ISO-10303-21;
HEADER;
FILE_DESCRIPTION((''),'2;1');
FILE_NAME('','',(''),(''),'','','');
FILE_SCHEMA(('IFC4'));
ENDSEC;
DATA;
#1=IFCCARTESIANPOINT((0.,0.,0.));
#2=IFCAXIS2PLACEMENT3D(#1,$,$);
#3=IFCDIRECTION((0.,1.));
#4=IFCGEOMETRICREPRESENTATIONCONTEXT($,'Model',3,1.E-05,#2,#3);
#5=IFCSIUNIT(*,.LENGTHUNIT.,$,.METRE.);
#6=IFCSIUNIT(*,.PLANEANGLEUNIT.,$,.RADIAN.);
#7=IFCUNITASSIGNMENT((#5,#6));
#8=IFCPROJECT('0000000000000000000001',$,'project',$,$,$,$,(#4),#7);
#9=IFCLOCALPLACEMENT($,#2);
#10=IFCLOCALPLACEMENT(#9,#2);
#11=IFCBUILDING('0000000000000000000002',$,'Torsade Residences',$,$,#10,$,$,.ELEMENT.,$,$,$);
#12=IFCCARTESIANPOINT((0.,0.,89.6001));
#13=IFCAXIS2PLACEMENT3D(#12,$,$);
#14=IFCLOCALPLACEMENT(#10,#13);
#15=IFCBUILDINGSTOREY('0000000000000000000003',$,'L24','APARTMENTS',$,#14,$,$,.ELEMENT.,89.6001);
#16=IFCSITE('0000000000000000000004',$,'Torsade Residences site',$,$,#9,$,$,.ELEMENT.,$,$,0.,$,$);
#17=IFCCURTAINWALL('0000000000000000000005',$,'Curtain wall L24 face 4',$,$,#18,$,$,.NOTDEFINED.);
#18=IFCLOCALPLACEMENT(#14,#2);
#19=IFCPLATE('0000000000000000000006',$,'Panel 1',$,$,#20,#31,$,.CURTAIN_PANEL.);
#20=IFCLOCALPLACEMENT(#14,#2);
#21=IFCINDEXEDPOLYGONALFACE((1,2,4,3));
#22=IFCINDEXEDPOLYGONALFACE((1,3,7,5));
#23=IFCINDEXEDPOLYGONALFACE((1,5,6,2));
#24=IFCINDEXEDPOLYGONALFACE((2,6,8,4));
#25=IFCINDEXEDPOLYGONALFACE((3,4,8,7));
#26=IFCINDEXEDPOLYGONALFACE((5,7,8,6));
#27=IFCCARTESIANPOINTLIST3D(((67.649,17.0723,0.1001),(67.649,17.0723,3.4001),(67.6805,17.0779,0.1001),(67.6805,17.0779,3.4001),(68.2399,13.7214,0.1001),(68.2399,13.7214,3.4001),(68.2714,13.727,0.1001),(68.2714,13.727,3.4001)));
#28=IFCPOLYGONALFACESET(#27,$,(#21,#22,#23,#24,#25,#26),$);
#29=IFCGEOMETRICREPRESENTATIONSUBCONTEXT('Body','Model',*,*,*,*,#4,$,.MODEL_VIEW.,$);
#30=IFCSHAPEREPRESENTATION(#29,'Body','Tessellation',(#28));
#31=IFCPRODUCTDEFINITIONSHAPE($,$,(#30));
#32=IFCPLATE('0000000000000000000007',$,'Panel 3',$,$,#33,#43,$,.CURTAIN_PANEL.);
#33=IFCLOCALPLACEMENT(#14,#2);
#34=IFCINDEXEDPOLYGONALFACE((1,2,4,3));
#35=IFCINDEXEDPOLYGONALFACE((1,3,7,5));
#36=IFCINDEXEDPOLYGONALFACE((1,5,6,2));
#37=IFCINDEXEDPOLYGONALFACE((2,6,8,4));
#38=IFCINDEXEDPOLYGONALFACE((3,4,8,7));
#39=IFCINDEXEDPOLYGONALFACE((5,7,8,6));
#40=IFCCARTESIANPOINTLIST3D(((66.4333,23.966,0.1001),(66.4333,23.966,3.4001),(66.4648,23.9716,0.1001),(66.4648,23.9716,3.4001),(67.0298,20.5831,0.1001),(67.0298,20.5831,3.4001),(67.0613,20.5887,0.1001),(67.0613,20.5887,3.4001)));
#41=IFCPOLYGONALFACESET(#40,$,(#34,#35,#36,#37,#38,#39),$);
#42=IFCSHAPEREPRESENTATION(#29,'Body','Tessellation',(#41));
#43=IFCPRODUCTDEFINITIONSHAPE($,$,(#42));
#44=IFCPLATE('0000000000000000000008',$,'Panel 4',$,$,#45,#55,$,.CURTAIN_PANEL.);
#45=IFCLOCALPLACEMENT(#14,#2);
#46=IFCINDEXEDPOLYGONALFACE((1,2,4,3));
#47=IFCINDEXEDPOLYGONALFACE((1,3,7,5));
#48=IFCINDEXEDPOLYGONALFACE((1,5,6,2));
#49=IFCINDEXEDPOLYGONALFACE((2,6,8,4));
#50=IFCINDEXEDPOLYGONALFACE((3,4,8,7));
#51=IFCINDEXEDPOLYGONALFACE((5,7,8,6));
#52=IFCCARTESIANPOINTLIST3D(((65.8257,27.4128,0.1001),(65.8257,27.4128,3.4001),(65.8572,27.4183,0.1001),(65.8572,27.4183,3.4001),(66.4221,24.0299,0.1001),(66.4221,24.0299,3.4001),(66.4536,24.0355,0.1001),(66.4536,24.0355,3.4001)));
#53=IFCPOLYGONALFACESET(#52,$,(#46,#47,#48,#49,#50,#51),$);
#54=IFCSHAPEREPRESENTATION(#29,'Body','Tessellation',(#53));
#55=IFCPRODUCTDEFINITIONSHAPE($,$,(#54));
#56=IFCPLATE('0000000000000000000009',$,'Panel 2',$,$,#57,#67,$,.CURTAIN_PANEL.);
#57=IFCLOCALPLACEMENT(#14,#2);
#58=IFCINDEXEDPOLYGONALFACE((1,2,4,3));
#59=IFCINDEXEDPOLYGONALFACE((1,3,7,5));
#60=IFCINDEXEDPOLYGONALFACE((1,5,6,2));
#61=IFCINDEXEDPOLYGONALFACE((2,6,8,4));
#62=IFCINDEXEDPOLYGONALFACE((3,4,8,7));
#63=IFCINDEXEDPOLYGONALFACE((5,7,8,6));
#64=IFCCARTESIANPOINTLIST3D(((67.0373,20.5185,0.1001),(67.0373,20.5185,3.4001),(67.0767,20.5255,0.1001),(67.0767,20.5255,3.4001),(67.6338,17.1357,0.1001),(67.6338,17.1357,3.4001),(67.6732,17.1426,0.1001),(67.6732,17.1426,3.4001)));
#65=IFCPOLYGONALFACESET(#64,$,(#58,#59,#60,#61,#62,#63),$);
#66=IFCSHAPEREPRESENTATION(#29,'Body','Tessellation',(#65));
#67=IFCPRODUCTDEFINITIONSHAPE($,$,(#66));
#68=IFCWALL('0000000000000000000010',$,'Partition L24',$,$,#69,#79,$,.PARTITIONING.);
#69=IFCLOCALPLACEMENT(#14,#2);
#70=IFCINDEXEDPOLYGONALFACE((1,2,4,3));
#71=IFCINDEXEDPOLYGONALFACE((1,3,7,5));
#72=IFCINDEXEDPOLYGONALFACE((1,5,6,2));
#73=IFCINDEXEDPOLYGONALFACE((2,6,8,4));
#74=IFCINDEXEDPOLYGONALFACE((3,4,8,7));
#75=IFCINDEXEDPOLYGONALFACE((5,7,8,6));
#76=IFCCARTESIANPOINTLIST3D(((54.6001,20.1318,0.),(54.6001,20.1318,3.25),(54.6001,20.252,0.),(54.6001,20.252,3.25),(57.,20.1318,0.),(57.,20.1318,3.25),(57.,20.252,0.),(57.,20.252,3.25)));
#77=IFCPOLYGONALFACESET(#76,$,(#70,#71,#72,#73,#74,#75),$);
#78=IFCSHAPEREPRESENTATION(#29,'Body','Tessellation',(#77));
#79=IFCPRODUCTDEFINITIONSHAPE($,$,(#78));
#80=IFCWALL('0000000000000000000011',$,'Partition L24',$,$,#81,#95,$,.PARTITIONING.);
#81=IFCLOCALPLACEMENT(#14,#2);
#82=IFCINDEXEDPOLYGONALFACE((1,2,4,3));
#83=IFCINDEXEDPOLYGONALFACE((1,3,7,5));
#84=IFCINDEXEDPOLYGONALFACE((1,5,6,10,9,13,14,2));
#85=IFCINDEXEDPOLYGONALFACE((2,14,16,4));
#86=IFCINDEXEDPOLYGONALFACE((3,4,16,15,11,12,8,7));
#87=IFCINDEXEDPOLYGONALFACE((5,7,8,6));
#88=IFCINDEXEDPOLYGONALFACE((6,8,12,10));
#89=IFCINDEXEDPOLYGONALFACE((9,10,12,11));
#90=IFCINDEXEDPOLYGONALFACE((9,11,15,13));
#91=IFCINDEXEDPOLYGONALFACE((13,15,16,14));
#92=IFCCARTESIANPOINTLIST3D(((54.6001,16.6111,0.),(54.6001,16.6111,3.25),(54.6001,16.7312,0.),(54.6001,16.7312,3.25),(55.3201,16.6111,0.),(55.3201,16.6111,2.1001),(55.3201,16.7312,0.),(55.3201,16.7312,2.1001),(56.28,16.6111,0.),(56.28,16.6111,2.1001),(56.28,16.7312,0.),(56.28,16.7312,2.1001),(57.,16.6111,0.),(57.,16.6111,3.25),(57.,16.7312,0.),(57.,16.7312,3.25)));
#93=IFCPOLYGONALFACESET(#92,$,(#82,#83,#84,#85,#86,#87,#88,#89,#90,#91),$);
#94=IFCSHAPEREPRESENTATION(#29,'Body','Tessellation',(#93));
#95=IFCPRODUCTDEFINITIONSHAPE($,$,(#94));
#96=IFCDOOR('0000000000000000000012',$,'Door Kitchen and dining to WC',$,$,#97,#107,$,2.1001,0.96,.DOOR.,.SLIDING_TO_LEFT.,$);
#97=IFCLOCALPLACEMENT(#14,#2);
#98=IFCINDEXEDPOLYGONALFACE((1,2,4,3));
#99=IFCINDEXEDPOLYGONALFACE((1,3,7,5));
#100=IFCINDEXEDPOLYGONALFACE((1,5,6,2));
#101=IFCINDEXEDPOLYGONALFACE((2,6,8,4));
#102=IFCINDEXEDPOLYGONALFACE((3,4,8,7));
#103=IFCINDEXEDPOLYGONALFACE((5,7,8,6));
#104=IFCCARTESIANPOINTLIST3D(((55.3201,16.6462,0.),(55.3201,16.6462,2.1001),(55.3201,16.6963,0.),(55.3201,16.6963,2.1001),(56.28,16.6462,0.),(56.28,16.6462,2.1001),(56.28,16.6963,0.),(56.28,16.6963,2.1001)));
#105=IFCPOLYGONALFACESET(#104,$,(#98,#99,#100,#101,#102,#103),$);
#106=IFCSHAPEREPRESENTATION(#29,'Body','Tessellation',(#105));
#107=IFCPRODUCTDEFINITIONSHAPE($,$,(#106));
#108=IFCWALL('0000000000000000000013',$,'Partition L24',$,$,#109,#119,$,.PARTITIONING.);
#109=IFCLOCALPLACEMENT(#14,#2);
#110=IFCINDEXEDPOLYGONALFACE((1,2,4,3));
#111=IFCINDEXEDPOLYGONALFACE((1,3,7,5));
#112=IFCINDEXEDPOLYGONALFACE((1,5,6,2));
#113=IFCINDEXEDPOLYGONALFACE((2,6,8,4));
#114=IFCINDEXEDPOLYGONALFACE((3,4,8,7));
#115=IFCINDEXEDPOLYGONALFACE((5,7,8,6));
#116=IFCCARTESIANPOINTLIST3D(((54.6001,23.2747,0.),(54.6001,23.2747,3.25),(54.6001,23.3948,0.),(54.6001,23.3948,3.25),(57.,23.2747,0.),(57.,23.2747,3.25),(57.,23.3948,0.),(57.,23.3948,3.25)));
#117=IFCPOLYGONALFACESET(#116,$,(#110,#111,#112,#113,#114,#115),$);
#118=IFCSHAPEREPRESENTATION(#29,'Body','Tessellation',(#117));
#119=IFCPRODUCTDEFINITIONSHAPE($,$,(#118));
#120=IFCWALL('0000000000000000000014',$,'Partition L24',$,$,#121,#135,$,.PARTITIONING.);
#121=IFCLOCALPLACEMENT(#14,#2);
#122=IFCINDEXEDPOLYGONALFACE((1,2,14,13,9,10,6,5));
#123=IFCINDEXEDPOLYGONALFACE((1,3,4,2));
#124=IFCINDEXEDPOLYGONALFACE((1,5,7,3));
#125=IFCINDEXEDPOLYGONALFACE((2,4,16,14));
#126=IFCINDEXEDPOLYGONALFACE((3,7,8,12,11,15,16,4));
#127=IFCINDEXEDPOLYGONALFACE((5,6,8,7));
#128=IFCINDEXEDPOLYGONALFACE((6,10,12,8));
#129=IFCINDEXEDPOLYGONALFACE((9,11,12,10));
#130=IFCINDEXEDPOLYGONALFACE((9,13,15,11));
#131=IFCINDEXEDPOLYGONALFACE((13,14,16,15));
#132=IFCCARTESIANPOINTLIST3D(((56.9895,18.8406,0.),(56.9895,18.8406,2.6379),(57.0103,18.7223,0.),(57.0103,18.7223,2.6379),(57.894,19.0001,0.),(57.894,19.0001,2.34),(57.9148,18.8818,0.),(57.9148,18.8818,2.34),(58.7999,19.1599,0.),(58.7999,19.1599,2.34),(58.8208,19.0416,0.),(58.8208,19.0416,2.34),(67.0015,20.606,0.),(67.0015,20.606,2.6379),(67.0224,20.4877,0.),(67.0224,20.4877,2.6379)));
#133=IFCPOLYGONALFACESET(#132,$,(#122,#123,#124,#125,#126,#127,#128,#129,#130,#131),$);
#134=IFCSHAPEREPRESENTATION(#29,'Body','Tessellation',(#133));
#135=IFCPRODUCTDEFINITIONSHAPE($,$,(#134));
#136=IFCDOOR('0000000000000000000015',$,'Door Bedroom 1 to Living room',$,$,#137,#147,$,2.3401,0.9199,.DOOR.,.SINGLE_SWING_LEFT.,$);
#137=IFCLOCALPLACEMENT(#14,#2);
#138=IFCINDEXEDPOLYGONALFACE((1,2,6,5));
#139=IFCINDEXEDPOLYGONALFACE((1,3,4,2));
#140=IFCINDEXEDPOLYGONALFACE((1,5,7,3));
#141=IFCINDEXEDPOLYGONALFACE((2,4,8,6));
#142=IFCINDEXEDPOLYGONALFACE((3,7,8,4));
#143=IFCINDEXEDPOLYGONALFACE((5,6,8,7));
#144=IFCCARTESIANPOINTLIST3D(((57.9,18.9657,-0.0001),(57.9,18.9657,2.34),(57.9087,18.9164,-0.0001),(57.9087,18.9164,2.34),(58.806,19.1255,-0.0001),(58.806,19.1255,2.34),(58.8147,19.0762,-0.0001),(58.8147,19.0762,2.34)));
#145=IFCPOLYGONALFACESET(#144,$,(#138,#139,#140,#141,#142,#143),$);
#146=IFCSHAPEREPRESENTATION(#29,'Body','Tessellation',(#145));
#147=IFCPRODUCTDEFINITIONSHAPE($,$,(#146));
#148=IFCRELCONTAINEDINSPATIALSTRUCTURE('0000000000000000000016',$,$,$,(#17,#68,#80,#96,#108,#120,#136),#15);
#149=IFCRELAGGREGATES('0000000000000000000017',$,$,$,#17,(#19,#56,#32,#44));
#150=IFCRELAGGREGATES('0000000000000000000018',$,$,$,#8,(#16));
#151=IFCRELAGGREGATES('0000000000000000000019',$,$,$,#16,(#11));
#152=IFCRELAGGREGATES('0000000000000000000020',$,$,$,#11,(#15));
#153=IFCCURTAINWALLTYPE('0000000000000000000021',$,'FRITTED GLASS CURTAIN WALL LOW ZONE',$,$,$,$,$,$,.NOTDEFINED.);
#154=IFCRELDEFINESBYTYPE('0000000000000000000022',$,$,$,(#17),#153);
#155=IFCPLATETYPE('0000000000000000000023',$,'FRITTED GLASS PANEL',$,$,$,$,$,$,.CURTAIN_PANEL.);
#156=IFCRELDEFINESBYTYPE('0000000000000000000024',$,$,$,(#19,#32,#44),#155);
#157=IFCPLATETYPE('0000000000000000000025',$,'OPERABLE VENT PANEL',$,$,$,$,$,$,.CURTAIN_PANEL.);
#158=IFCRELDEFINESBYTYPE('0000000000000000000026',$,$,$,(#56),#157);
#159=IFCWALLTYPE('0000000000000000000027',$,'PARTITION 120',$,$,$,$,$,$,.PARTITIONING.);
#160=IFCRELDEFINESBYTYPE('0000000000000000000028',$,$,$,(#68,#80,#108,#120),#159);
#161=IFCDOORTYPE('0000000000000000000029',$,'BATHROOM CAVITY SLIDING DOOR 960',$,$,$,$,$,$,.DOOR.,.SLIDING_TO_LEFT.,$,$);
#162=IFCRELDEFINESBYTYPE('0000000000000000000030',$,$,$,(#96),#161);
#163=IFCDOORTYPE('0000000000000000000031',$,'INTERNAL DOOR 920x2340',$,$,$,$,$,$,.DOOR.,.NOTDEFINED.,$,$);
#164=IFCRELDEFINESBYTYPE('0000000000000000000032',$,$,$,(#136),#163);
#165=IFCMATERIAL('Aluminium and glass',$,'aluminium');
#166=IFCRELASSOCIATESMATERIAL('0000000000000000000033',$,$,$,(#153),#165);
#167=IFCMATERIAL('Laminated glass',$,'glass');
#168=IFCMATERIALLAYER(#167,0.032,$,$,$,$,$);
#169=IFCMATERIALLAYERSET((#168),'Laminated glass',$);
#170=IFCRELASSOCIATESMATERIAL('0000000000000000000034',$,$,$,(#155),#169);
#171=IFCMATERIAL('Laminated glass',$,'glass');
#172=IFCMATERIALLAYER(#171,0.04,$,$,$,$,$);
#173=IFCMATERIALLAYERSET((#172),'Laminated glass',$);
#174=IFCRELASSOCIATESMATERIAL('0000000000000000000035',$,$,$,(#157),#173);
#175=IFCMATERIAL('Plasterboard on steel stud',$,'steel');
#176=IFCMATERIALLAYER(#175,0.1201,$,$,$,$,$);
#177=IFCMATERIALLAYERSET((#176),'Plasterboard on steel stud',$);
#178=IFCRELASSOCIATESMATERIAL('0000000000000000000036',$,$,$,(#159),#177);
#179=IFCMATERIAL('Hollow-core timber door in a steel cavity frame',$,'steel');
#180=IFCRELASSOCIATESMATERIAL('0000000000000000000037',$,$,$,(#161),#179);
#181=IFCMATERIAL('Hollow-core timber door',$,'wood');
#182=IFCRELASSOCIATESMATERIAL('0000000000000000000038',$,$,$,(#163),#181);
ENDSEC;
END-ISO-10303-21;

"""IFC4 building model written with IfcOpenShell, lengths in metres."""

from ifc_helpers import new_model, si_unit, direction, frame, frame_2d, origin, origin_2d, place, context, subcontext, project, spatial, rectangle, extrude, material, layer, layer_set, type_object, element, fill, aggregate, save


model = new_model("IFC4")

# Units and contexts
model_context = context("Model", 3, precision=1e-05, world=origin(), true_north=direction((0.0, 1.0)))
body_context = subcontext(model_context, "Body", "Model", "MODEL_VIEW")
ifc_project = project(units=[si_unit("LENGTHUNIT", "METRE"), si_unit("PLANEANGLEUNIT", "RADIAN")], contexts=[model_context])

# Site, building, storey
site_placement = place(None, origin())
site = spatial("IfcSite", under=ifc_project, at=site_placement, Name="Torsade Residences site", CompositionType="ELEMENT", RefElevation=0.0)
building_placement = place(site_placement, origin())
building = spatial("IfcBuilding", under=site, at=building_placement, Name="Torsade Residences", CompositionType="ELEMENT")
storey_placement = place(building_placement, frame((0.0, 0.0, 89.6001)))
storey = spatial("IfcBuildingStorey", under=building, at=storey_placement, Name="L24", Description="APARTMENTS", CompositionType="ELEMENT", Elevation=89.6001)

# Curtain wall
ifc_material_1 = material(Name="Aluminium and glass", Category="aluminium")
curtain_wall_type = type_object("IfcCurtainWallType", Name="FRITTED GLASS CURTAIN WALL LOW ZONE", PredefinedType="NOTDEFINED", material=ifc_material_1)
curtain_wall_placement = place(storey_placement, origin())
curtain_wall = element("IfcCurtainWall", 1, at=curtain_wall_placement, inside=storey, type_object=curtain_wall_type, Name="Curtain wall L24 face 4", PredefinedType="NOTDEFINED")

# Plates
ifc_material_2 = material(Name="Laminated glass", Category="glass")
ifc_layer_1 = layer(ifc_material_2, 0.032)
ifc_layer_set_1 = layer_set([ifc_layer_1], Name="Laminated glass")
plate_type_1 = type_object("IfcPlateType", Name="FRITTED GLASS PANEL", PredefinedType="CURTAIN_PANEL", material=ifc_layer_set_1)
plate_1_placement = place(storey_placement, frame((67.9602, 15.3997, 0.1001), z_axis=(0.0, 0.0, 1.0), x_axis=(-0.173648, 0.984808, 0.0)))
plate_1 = element("IfcPlate", 2, at=plate_1_placement, type_object=plate_type_1, Name="Panel 1", PredefinedType="CURTAIN_PANEL", context=body_context, shape_type="SweptSolid", body=[
    extrude(rectangle(XDim=3.4026, YDim=0.032, at=origin_2d()), origin(), (0.0, 0.0, 1.0), 3.3),
])
plate_2_placement = place(storey_placement, frame((66.7473, 22.2773, 0.1001), z_axis=(0.0, 0.0, 1.0), x_axis=(-0.173648, 0.984808, 0.0)))
plate_2 = element("IfcPlate", 3, at=plate_2_placement, type_object=plate_type_1, Name="Panel 3", PredefinedType="CURTAIN_PANEL", context=body_context, shape_type="SweptSolid", body=[
    extrude(rectangle(XDim=3.4351, YDim=0.032, at=origin_2d()), origin(), (0.0, 0.0, 1.0), 3.3),
])
plate_3_placement = place(storey_placement, frame((66.1396, 25.7241, 0.1001), z_axis=(0.0, 0.0, 1.0), x_axis=(-0.173648, 0.984808, 0.0)))
plate_3 = element("IfcPlate", 4, at=plate_3_placement, type_object=plate_type_1, Name="Panel 4", PredefinedType="CURTAIN_PANEL", context=body_context, shape_type="SweptSolid", body=[
    extrude(rectangle(XDim=3.4351, YDim=0.032, at=origin_2d()), origin(), (0.0, 0.0, 1.0), 3.3),
])
ifc_material_3 = material(Name="Laminated glass", Category="glass")
ifc_layer_2 = layer(ifc_material_3, 0.04)
ifc_layer_set_2 = layer_set([ifc_layer_2], Name="Laminated glass")
plate_type_2 = type_object("IfcPlateType", Name="OPERABLE VENT PANEL", PredefinedType="CURTAIN_PANEL", material=ifc_layer_set_2)
plate_4_placement = place(storey_placement, frame((67.3552, 18.8306, 0.1001), z_axis=(0.0, 0.0, 1.0), x_axis=(-0.173648, 0.984808, 0.0)))
plate_4 = element("IfcPlate", 5, at=plate_4_placement, type_object=plate_type_2, Name="Panel 2", PredefinedType="CURTAIN_PANEL", context=body_context, shape_type="SweptSolid", body=[
    extrude(rectangle(XDim=3.4351, YDim=0.04, at=origin_2d()), origin(), (0.0, 0.0, 1.0), 3.3),
])
aggregate(curtain_wall, [plate_1, plate_4, plate_2, plate_3])

# Wall
ifc_material_4 = material(Name="Plasterboard on steel stud", Category="steel")
ifc_layer_3 = layer(ifc_material_4, 0.1201)
ifc_layer_set_3 = layer_set([ifc_layer_3], Name="Plasterboard on steel stud")
wall_type_1 = type_object("IfcWallType", Name="PARTITION 120", PredefinedType="PARTITIONING", material=ifc_layer_set_3)
wall_1_placement = place(storey_placement, frame((54.6001, 20.1919, 0.0), z_axis=(0.0, 0.0, 1.0), x_axis=(1.0, 0.0, 0.0)))
element("IfcWall", 6, at=wall_1_placement, inside=storey, type_object=wall_type_1, Name="Partition L24", PredefinedType="PARTITIONING", context=body_context, shape_type="SweptSolid", body=[
    extrude(rectangle(XDim=2.3999, YDim=0.1201, at=frame_2d((1.2, 0.0))), origin(), (0.0, 0.0, 1.0), 3.25),
])

# Wall, opening, door
wall_2_placement = place(storey_placement, frame((57.0, 16.6711, 0.0), z_axis=(0.0, 0.0, 1.0), x_axis=(-1.0, 0.0, 0.0)))
wall_2 = element("IfcWall", 7, at=wall_2_placement, inside=storey, type_object=wall_type_1, Name="Partition L24", PredefinedType="PARTITIONING", context=body_context, shape_type="SweptSolid", body=[
    extrude(rectangle(XDim=2.3999, YDim=0.1201, at=frame_2d((1.2, 0.0))), origin(), (0.0, 0.0, 1.0), 3.25),
])
opening_1_placement = place(wall_2_placement, frame((0.72, 0.0, 0.0)))
opening_1 = element("IfcOpeningElement", 8, at=opening_1_placement, cuts=wall_2, PredefinedType="OPENING", context=body_context, shape_type="SweptSolid", body=[
    extrude(rectangle(XDim=0.96, YDim=2.1001, at=frame_2d((0.48, 1.05))), frame((0.0, 0.0701, 0.0), z_axis=(0.0, -1.0, 0.0), x_axis=(1.0, 0.0, 0.0)), (0.0, 0.0, 1.0), 0.1401),
])
ifc_material_5 = material(Name="Hollow-core timber door in a steel cavity frame", Category="steel")
door_type_1 = type_object("IfcDoorType", Name="BATHROOM CAVITY SLIDING DOOR 960", OperationType="SLIDING_TO_LEFT", PredefinedType="DOOR", material=ifc_material_5)
door_1_placement = place(opening_1_placement, origin())
door_1 = element("IfcDoor", 9, at=door_1_placement, inside=storey, type_object=door_type_1, Name="Door Kitchen and dining to WC", OperationType="SLIDING_TO_LEFT", OverallHeight=2.1001, OverallWidth=0.96, PredefinedType="DOOR", context=body_context, shape_type="SweptSolid", body=[
    extrude(rectangle(XDim=0.96, YDim=2.1001, at=frame_2d((0.48, 1.05))), frame((0.0, 0.0249, 0.0), z_axis=(0.0, -1.0, 0.0), x_axis=(1.0, 0.0, 0.0)), (0.0, 0.0, 1.0), 0.05),
])
fill(opening_1, door_1)

# Wall
wall_3_placement = place(storey_placement, frame((54.6001, 23.3347, 0.0), z_axis=(0.0, 0.0, 1.0), x_axis=(1.0, 0.0, 0.0)))
element("IfcWall", 10, at=wall_3_placement, inside=storey, type_object=wall_type_1, Name="Partition L24", PredefinedType="PARTITIONING", context=body_context, shape_type="SweptSolid", body=[
    extrude(rectangle(XDim=2.3999, YDim=0.1201, at=frame_2d((1.2, 0.0))), origin(), (0.0, 0.0, 1.0), 3.25),
])

# Wall, opening, door
wall_4_placement = place(storey_placement, frame((67.012, 20.5469, 0.0), z_axis=(0.0, 0.0, 1.0), x_axis=(-0.984808, -0.173648, 0.0)))
wall_4 = element("IfcWall", 11, at=wall_4_placement, inside=storey, type_object=wall_type_1, Name="Partition L24", PredefinedType="PARTITIONING", context=body_context, shape_type="SweptSolid", body=[
    extrude(rectangle(XDim=10.1665, YDim=0.1201, at=frame_2d((5.0833, 0.0))), origin(), (0.0, 0.0, 1.0), 2.6379),
])
opening_2_placement = place(wall_4_placement, frame((8.3281, 0.0, 0.0)))
opening_2 = element("IfcOpeningElement", 12, at=opening_2_placement, cuts=wall_4, PredefinedType="OPENING", context=body_context, shape_type="SweptSolid", body=[
    extrude(rectangle(XDim=0.9199, YDim=2.3401, at=frame_2d((0.46, 1.1699))), frame((0.0, 0.0701, 0.0), z_axis=(0.0, -1.0, 0.0), x_axis=(1.0, 0.0, 0.0)), (0.0, 0.0, 1.0), 0.1401),
])
ifc_material_6 = material(Name="Hollow-core timber door", Category="wood")
door_type_2 = type_object("IfcDoorType", Name="INTERNAL DOOR 920x2340", OperationType="NOTDEFINED", PredefinedType="DOOR", material=ifc_material_6)
door_2_placement = place(opening_2_placement, origin())
door_2 = element("IfcDoor", 13, at=door_2_placement, inside=storey, type_object=door_type_2, Name="Door Bedroom 1 to Living room", OperationType="SINGLE_SWING_LEFT", OverallHeight=2.3401, OverallWidth=0.9199, PredefinedType="DOOR", context=body_context, shape_type="SweptSolid", body=[
    extrude(rectangle(XDim=0.9199, YDim=2.3401, at=frame_2d((0.46, 1.1699))), frame((0.0, 0.0249, 0.0), z_axis=(0.0, -1.0, 0.0), x_axis=(1.0, 0.0, 0.0)), (0.0, 0.0, 1.0), 0.05),
])
fill(opening_2, door_2)

save(model, "model.ifc")
